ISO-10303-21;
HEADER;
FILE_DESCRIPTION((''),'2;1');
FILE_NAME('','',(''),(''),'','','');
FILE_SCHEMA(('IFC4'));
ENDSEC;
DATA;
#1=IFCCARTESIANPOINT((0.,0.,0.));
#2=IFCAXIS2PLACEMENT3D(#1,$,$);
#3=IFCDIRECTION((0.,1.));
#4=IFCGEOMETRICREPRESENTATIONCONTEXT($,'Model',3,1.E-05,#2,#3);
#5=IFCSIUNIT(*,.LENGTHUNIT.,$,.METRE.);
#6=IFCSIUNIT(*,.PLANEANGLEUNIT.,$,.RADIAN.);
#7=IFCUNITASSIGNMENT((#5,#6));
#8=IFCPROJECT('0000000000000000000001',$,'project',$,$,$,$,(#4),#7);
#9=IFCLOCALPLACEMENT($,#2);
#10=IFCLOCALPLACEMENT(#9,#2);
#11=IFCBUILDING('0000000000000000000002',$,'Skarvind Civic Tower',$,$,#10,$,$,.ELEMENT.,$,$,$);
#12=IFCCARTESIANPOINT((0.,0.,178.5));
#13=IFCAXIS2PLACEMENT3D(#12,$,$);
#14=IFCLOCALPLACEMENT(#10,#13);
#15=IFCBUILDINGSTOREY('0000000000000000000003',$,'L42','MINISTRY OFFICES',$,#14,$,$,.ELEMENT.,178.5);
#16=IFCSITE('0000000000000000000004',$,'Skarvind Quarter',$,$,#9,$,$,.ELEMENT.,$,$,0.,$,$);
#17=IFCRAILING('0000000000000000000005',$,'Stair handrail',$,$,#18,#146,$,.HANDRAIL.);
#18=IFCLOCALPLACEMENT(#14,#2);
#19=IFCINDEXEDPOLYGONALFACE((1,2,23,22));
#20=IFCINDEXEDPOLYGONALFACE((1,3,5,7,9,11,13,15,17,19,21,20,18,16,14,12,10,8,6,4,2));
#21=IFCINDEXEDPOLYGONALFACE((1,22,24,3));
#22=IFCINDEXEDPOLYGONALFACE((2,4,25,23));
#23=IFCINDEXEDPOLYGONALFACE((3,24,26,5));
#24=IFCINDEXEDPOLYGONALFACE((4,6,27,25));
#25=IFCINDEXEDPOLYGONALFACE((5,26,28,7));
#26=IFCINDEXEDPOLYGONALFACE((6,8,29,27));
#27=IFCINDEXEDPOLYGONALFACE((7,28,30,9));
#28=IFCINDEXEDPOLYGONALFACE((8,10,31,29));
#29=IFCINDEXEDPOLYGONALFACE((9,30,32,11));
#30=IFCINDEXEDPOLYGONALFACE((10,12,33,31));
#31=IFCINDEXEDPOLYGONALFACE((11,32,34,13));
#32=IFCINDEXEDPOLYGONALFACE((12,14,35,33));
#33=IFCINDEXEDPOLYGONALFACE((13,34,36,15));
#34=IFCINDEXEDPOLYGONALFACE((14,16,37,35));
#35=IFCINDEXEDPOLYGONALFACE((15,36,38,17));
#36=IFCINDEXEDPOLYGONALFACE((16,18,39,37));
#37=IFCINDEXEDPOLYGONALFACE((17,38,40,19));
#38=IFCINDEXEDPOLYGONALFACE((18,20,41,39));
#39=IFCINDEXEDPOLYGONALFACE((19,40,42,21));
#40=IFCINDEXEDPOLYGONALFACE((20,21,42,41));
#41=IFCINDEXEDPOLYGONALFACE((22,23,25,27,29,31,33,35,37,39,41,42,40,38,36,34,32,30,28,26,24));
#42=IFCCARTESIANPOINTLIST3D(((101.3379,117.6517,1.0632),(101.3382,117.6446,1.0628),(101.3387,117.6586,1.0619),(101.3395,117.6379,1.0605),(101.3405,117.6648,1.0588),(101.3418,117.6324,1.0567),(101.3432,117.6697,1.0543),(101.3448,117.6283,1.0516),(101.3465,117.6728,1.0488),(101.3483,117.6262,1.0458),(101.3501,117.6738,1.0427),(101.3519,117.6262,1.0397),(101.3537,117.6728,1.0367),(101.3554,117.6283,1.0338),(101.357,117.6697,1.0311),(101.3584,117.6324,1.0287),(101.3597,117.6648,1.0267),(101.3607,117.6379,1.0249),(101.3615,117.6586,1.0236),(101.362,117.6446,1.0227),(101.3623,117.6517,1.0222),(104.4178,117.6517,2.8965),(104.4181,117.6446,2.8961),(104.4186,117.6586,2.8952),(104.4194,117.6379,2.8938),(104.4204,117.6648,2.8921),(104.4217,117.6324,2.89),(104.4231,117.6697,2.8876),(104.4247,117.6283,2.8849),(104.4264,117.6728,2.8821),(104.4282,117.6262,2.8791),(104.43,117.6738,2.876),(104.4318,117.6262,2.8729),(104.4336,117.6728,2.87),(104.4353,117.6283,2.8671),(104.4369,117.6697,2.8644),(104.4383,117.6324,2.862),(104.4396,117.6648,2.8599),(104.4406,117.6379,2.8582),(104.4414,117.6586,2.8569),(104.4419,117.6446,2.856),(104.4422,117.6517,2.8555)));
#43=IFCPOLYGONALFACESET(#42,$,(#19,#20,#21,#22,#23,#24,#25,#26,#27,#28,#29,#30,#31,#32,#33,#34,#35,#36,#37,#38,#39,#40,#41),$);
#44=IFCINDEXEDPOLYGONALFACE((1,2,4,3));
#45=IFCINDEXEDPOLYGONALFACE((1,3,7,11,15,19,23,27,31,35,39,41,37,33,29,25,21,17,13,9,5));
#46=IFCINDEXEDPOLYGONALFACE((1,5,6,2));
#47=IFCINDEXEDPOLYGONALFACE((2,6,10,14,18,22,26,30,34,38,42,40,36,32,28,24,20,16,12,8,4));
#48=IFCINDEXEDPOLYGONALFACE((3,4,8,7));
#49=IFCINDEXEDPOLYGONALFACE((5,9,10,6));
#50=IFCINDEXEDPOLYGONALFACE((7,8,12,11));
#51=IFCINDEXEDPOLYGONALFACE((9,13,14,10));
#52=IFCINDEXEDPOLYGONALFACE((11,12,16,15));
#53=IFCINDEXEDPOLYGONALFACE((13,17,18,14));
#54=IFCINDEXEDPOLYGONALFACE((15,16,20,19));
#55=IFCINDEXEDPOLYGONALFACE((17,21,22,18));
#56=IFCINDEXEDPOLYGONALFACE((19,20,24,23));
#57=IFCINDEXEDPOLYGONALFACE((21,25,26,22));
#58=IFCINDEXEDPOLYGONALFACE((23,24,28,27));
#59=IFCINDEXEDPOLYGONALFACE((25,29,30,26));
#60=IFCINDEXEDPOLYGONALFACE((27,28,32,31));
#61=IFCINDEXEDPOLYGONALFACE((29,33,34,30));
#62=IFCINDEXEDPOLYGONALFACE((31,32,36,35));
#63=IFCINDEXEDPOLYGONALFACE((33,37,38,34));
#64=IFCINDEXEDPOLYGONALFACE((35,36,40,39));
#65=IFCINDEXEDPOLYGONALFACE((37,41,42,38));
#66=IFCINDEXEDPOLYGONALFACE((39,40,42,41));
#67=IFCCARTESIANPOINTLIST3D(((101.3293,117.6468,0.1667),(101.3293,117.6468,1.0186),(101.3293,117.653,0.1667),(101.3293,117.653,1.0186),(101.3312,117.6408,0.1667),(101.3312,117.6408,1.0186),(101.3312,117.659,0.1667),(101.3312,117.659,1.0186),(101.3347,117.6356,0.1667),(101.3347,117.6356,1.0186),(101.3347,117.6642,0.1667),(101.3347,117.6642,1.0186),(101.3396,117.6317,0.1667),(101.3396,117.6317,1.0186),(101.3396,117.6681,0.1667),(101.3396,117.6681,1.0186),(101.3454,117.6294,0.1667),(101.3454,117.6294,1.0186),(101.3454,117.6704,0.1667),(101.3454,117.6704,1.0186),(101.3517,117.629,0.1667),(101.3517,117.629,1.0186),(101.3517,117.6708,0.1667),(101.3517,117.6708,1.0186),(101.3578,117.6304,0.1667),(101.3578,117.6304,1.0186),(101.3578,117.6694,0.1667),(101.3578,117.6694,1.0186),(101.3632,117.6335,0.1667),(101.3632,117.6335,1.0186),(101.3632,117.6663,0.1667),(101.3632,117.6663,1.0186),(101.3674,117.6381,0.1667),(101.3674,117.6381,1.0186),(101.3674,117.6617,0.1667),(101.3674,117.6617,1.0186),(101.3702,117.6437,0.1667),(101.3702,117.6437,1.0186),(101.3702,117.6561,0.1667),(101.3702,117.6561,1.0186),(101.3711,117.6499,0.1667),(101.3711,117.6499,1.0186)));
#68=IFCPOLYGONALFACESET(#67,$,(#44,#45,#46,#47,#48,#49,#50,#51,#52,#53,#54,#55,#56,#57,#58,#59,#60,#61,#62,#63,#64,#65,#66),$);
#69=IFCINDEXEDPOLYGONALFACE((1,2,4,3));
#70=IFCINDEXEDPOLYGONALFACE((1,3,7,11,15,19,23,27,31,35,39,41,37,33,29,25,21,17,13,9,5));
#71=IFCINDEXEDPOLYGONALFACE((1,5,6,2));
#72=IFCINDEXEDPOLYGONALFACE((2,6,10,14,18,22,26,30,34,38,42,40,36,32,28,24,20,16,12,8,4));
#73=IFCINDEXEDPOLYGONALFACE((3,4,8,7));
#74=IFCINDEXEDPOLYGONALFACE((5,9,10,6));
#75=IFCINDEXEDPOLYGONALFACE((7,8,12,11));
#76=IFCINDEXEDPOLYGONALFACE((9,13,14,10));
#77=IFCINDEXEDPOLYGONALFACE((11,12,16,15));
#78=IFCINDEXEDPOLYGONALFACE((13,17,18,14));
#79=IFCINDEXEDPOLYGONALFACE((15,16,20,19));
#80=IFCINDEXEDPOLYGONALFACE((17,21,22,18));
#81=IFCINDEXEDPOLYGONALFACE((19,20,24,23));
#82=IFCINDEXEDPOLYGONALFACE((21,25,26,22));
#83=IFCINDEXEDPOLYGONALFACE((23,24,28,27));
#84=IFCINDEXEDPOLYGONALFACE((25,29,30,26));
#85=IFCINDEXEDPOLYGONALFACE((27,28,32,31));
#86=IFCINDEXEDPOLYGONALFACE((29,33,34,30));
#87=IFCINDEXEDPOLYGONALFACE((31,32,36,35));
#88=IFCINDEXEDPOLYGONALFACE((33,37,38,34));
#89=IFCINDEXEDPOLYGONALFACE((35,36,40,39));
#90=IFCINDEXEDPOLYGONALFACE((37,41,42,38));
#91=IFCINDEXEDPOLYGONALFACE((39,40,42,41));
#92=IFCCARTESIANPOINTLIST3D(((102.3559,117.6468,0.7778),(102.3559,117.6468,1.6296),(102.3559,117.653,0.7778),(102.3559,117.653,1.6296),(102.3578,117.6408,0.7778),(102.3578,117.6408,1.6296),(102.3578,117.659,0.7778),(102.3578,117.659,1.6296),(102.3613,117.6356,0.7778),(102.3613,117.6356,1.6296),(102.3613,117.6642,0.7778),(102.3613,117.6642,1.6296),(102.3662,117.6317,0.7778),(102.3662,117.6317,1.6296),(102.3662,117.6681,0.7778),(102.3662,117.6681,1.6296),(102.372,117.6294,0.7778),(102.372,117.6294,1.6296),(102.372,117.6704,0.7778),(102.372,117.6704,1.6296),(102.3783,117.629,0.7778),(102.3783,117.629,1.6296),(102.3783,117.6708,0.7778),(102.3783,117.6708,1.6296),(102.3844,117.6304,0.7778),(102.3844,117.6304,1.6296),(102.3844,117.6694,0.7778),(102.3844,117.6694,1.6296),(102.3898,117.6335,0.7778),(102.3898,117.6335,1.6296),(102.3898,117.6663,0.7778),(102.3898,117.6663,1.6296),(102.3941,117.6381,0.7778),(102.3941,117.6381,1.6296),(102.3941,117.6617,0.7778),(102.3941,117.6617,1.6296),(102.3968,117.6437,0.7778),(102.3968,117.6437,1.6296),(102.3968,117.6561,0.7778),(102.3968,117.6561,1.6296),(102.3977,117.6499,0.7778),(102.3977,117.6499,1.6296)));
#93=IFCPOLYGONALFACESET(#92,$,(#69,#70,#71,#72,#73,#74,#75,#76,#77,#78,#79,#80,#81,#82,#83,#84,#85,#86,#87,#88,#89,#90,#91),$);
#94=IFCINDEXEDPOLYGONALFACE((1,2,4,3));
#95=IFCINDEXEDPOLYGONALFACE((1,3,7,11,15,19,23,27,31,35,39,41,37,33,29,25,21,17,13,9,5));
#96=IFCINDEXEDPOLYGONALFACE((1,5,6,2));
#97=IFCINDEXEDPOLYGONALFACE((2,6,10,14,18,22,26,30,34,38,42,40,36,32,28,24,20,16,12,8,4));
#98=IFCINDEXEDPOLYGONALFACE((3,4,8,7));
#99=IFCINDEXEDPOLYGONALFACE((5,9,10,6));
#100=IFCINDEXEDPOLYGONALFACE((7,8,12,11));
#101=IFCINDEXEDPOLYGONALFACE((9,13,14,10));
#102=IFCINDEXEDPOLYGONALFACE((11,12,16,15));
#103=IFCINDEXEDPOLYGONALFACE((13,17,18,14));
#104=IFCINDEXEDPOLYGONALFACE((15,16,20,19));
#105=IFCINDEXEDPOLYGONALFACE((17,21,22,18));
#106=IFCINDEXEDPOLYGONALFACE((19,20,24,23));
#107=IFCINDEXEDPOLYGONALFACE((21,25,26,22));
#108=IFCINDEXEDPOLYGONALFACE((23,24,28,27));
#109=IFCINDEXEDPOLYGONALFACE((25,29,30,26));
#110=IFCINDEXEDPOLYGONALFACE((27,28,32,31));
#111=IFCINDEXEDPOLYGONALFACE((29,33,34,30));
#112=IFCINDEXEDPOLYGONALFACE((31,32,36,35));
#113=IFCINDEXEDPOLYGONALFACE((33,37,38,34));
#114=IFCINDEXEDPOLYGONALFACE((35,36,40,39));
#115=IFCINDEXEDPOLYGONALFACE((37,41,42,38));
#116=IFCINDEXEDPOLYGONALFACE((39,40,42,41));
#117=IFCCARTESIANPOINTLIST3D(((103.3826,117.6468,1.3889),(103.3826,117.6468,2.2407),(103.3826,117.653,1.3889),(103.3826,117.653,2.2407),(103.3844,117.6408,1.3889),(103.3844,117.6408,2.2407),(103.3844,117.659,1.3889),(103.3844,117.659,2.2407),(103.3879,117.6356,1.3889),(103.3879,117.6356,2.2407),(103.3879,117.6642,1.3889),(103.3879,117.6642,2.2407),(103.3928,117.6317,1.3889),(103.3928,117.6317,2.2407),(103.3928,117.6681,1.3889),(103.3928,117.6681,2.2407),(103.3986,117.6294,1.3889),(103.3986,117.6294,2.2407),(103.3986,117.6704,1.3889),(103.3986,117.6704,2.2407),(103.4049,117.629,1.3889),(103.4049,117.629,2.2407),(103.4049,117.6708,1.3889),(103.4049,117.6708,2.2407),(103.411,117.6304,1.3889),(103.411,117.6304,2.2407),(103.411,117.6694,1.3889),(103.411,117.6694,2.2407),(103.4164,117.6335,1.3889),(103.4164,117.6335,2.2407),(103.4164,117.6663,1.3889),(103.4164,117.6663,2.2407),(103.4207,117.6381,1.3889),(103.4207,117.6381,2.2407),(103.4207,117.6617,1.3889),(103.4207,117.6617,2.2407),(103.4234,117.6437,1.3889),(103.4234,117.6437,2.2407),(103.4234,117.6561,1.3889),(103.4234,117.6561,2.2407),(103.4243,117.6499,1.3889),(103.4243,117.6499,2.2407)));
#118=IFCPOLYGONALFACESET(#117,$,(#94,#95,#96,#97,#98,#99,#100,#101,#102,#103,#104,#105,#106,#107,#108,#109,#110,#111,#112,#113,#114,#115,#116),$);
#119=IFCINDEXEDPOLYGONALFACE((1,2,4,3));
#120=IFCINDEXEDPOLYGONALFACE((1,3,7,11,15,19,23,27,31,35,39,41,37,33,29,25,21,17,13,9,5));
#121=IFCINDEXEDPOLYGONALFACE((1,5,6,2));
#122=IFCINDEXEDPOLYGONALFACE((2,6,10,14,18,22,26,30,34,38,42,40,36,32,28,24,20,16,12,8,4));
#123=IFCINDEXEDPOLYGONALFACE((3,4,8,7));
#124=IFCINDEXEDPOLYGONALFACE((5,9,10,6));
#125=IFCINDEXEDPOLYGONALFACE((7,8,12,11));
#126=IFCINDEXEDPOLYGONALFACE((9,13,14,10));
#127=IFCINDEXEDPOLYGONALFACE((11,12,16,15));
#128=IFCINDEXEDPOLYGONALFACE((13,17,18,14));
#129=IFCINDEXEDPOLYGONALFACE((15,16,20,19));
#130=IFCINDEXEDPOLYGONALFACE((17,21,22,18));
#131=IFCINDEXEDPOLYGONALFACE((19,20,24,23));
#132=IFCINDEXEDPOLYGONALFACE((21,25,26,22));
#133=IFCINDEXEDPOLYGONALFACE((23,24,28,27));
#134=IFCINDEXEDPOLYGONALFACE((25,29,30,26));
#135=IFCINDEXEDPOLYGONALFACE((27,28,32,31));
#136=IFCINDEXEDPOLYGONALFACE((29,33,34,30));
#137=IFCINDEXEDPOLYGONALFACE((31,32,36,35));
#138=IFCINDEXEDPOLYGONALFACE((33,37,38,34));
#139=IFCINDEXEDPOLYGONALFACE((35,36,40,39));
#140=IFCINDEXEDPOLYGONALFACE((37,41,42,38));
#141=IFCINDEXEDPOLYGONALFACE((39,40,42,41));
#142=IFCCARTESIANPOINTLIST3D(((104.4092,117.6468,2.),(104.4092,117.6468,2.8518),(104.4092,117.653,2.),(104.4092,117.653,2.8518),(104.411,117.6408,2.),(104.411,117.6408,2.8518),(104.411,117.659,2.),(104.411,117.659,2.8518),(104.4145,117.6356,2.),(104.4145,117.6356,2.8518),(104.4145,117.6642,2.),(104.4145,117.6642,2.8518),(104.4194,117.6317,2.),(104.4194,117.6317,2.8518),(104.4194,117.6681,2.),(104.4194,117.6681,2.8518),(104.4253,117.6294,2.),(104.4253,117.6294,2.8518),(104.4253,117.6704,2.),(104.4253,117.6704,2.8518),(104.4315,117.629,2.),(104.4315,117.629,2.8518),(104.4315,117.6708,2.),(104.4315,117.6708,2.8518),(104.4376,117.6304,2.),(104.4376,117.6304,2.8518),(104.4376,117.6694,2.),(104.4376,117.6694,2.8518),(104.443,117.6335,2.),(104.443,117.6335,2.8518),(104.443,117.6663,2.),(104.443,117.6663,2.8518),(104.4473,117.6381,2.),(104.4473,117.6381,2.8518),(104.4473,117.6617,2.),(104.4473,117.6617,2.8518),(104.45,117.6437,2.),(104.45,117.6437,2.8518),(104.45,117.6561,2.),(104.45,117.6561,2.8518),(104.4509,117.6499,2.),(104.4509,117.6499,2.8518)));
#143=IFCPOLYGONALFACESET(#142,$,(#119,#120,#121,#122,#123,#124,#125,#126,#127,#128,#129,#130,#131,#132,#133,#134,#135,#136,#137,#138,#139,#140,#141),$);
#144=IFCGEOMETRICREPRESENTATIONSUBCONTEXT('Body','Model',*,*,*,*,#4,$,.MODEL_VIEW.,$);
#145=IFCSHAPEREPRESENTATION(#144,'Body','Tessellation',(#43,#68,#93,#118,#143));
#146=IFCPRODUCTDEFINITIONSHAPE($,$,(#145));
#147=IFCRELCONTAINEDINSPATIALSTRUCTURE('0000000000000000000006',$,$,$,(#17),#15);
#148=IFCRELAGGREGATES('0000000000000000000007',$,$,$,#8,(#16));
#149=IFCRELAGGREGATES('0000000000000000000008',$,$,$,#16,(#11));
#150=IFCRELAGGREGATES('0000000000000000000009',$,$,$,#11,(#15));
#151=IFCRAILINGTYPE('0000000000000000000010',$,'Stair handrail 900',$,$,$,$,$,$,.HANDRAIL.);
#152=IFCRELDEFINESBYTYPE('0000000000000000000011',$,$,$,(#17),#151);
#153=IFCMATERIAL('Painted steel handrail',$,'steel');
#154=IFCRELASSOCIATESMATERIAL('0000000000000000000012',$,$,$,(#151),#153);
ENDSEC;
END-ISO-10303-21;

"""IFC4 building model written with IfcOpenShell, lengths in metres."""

from ifc_helpers import new_model, si_unit, direction, frame, origin, origin_2d, place, context, subcontext, project, spatial, circle, extrude, material, type_object, element, save


model = new_model("IFC4")

# Units and contexts
model_context = context("Model", 3, precision=1e-05, world=origin(), true_north=direction((0.0, 1.0)))
body_context = subcontext(model_context, "Body", "Model", "MODEL_VIEW")
ifc_project = project(units=[si_unit("LENGTHUNIT", "METRE"), si_unit("PLANEANGLEUNIT", "RADIAN")], contexts=[model_context])

# Site, building, storey
site_placement = place(None, origin())
site = spatial("IfcSite", under=ifc_project, at=site_placement, Name="Skarvind Quarter", CompositionType="ELEMENT", RefElevation=0.0)
building_placement = place(site_placement, origin())
building = spatial("IfcBuilding", under=site, at=building_placement, Name="Skarvind Civic Tower", CompositionType="ELEMENT")
storey_placement = place(building_placement, frame((0.0, 0.0, 178.5)))
storey = spatial("IfcBuildingStorey", under=building, at=storey_placement, Name="L42", Description="MINISTRY OFFICES", CompositionType="ELEMENT", Elevation=178.5)

# Railing
ifc_material_1 = material(Name="Painted steel handrail", Category="steel")
railing_type = type_object("IfcRailingType", Name="Stair handrail 900", PredefinedType="HANDRAIL", material=ifc_material_1)
railing_1_placement = place(storey_placement, frame((101.3501, 117.6499, 0.1667)))
element("IfcRailing", 1, at=railing_1_placement, inside=storey, type_object=railing_type, Name="Stair handrail", PredefinedType="HANDRAIL", context=body_context, shape_type="SweptSolid", body=[
    extrude(circle(Radius=0.0239, at=origin_2d()), frame((0.0, 0.0, 0.876), z_axis=(0.859291, 0.0, 0.511487), x_axis=(0.0, 1.0, 0.0)), (0.0, 0.0, 1.0), 3.5842),
    extrude(circle(Radius=0.021, at=origin_2d()), origin(), (0.0, 0.0, 1.0), 0.8518),
    extrude(circle(Radius=0.021, at=origin_2d()), frame((1.0266, 0.0, 0.6111)), (0.0, 0.0, 1.0), 0.8518),
    extrude(circle(Radius=0.021, at=origin_2d()), frame((2.0532, 0.0, 1.2222)), (0.0, 0.0, 1.0), 0.8518),
    extrude(circle(Radius=0.021, at=origin_2d()), frame((3.0798, 0.0, 1.8333)), (0.0, 0.0, 1.0), 0.8518),
])

save(model, "model.ifc")
